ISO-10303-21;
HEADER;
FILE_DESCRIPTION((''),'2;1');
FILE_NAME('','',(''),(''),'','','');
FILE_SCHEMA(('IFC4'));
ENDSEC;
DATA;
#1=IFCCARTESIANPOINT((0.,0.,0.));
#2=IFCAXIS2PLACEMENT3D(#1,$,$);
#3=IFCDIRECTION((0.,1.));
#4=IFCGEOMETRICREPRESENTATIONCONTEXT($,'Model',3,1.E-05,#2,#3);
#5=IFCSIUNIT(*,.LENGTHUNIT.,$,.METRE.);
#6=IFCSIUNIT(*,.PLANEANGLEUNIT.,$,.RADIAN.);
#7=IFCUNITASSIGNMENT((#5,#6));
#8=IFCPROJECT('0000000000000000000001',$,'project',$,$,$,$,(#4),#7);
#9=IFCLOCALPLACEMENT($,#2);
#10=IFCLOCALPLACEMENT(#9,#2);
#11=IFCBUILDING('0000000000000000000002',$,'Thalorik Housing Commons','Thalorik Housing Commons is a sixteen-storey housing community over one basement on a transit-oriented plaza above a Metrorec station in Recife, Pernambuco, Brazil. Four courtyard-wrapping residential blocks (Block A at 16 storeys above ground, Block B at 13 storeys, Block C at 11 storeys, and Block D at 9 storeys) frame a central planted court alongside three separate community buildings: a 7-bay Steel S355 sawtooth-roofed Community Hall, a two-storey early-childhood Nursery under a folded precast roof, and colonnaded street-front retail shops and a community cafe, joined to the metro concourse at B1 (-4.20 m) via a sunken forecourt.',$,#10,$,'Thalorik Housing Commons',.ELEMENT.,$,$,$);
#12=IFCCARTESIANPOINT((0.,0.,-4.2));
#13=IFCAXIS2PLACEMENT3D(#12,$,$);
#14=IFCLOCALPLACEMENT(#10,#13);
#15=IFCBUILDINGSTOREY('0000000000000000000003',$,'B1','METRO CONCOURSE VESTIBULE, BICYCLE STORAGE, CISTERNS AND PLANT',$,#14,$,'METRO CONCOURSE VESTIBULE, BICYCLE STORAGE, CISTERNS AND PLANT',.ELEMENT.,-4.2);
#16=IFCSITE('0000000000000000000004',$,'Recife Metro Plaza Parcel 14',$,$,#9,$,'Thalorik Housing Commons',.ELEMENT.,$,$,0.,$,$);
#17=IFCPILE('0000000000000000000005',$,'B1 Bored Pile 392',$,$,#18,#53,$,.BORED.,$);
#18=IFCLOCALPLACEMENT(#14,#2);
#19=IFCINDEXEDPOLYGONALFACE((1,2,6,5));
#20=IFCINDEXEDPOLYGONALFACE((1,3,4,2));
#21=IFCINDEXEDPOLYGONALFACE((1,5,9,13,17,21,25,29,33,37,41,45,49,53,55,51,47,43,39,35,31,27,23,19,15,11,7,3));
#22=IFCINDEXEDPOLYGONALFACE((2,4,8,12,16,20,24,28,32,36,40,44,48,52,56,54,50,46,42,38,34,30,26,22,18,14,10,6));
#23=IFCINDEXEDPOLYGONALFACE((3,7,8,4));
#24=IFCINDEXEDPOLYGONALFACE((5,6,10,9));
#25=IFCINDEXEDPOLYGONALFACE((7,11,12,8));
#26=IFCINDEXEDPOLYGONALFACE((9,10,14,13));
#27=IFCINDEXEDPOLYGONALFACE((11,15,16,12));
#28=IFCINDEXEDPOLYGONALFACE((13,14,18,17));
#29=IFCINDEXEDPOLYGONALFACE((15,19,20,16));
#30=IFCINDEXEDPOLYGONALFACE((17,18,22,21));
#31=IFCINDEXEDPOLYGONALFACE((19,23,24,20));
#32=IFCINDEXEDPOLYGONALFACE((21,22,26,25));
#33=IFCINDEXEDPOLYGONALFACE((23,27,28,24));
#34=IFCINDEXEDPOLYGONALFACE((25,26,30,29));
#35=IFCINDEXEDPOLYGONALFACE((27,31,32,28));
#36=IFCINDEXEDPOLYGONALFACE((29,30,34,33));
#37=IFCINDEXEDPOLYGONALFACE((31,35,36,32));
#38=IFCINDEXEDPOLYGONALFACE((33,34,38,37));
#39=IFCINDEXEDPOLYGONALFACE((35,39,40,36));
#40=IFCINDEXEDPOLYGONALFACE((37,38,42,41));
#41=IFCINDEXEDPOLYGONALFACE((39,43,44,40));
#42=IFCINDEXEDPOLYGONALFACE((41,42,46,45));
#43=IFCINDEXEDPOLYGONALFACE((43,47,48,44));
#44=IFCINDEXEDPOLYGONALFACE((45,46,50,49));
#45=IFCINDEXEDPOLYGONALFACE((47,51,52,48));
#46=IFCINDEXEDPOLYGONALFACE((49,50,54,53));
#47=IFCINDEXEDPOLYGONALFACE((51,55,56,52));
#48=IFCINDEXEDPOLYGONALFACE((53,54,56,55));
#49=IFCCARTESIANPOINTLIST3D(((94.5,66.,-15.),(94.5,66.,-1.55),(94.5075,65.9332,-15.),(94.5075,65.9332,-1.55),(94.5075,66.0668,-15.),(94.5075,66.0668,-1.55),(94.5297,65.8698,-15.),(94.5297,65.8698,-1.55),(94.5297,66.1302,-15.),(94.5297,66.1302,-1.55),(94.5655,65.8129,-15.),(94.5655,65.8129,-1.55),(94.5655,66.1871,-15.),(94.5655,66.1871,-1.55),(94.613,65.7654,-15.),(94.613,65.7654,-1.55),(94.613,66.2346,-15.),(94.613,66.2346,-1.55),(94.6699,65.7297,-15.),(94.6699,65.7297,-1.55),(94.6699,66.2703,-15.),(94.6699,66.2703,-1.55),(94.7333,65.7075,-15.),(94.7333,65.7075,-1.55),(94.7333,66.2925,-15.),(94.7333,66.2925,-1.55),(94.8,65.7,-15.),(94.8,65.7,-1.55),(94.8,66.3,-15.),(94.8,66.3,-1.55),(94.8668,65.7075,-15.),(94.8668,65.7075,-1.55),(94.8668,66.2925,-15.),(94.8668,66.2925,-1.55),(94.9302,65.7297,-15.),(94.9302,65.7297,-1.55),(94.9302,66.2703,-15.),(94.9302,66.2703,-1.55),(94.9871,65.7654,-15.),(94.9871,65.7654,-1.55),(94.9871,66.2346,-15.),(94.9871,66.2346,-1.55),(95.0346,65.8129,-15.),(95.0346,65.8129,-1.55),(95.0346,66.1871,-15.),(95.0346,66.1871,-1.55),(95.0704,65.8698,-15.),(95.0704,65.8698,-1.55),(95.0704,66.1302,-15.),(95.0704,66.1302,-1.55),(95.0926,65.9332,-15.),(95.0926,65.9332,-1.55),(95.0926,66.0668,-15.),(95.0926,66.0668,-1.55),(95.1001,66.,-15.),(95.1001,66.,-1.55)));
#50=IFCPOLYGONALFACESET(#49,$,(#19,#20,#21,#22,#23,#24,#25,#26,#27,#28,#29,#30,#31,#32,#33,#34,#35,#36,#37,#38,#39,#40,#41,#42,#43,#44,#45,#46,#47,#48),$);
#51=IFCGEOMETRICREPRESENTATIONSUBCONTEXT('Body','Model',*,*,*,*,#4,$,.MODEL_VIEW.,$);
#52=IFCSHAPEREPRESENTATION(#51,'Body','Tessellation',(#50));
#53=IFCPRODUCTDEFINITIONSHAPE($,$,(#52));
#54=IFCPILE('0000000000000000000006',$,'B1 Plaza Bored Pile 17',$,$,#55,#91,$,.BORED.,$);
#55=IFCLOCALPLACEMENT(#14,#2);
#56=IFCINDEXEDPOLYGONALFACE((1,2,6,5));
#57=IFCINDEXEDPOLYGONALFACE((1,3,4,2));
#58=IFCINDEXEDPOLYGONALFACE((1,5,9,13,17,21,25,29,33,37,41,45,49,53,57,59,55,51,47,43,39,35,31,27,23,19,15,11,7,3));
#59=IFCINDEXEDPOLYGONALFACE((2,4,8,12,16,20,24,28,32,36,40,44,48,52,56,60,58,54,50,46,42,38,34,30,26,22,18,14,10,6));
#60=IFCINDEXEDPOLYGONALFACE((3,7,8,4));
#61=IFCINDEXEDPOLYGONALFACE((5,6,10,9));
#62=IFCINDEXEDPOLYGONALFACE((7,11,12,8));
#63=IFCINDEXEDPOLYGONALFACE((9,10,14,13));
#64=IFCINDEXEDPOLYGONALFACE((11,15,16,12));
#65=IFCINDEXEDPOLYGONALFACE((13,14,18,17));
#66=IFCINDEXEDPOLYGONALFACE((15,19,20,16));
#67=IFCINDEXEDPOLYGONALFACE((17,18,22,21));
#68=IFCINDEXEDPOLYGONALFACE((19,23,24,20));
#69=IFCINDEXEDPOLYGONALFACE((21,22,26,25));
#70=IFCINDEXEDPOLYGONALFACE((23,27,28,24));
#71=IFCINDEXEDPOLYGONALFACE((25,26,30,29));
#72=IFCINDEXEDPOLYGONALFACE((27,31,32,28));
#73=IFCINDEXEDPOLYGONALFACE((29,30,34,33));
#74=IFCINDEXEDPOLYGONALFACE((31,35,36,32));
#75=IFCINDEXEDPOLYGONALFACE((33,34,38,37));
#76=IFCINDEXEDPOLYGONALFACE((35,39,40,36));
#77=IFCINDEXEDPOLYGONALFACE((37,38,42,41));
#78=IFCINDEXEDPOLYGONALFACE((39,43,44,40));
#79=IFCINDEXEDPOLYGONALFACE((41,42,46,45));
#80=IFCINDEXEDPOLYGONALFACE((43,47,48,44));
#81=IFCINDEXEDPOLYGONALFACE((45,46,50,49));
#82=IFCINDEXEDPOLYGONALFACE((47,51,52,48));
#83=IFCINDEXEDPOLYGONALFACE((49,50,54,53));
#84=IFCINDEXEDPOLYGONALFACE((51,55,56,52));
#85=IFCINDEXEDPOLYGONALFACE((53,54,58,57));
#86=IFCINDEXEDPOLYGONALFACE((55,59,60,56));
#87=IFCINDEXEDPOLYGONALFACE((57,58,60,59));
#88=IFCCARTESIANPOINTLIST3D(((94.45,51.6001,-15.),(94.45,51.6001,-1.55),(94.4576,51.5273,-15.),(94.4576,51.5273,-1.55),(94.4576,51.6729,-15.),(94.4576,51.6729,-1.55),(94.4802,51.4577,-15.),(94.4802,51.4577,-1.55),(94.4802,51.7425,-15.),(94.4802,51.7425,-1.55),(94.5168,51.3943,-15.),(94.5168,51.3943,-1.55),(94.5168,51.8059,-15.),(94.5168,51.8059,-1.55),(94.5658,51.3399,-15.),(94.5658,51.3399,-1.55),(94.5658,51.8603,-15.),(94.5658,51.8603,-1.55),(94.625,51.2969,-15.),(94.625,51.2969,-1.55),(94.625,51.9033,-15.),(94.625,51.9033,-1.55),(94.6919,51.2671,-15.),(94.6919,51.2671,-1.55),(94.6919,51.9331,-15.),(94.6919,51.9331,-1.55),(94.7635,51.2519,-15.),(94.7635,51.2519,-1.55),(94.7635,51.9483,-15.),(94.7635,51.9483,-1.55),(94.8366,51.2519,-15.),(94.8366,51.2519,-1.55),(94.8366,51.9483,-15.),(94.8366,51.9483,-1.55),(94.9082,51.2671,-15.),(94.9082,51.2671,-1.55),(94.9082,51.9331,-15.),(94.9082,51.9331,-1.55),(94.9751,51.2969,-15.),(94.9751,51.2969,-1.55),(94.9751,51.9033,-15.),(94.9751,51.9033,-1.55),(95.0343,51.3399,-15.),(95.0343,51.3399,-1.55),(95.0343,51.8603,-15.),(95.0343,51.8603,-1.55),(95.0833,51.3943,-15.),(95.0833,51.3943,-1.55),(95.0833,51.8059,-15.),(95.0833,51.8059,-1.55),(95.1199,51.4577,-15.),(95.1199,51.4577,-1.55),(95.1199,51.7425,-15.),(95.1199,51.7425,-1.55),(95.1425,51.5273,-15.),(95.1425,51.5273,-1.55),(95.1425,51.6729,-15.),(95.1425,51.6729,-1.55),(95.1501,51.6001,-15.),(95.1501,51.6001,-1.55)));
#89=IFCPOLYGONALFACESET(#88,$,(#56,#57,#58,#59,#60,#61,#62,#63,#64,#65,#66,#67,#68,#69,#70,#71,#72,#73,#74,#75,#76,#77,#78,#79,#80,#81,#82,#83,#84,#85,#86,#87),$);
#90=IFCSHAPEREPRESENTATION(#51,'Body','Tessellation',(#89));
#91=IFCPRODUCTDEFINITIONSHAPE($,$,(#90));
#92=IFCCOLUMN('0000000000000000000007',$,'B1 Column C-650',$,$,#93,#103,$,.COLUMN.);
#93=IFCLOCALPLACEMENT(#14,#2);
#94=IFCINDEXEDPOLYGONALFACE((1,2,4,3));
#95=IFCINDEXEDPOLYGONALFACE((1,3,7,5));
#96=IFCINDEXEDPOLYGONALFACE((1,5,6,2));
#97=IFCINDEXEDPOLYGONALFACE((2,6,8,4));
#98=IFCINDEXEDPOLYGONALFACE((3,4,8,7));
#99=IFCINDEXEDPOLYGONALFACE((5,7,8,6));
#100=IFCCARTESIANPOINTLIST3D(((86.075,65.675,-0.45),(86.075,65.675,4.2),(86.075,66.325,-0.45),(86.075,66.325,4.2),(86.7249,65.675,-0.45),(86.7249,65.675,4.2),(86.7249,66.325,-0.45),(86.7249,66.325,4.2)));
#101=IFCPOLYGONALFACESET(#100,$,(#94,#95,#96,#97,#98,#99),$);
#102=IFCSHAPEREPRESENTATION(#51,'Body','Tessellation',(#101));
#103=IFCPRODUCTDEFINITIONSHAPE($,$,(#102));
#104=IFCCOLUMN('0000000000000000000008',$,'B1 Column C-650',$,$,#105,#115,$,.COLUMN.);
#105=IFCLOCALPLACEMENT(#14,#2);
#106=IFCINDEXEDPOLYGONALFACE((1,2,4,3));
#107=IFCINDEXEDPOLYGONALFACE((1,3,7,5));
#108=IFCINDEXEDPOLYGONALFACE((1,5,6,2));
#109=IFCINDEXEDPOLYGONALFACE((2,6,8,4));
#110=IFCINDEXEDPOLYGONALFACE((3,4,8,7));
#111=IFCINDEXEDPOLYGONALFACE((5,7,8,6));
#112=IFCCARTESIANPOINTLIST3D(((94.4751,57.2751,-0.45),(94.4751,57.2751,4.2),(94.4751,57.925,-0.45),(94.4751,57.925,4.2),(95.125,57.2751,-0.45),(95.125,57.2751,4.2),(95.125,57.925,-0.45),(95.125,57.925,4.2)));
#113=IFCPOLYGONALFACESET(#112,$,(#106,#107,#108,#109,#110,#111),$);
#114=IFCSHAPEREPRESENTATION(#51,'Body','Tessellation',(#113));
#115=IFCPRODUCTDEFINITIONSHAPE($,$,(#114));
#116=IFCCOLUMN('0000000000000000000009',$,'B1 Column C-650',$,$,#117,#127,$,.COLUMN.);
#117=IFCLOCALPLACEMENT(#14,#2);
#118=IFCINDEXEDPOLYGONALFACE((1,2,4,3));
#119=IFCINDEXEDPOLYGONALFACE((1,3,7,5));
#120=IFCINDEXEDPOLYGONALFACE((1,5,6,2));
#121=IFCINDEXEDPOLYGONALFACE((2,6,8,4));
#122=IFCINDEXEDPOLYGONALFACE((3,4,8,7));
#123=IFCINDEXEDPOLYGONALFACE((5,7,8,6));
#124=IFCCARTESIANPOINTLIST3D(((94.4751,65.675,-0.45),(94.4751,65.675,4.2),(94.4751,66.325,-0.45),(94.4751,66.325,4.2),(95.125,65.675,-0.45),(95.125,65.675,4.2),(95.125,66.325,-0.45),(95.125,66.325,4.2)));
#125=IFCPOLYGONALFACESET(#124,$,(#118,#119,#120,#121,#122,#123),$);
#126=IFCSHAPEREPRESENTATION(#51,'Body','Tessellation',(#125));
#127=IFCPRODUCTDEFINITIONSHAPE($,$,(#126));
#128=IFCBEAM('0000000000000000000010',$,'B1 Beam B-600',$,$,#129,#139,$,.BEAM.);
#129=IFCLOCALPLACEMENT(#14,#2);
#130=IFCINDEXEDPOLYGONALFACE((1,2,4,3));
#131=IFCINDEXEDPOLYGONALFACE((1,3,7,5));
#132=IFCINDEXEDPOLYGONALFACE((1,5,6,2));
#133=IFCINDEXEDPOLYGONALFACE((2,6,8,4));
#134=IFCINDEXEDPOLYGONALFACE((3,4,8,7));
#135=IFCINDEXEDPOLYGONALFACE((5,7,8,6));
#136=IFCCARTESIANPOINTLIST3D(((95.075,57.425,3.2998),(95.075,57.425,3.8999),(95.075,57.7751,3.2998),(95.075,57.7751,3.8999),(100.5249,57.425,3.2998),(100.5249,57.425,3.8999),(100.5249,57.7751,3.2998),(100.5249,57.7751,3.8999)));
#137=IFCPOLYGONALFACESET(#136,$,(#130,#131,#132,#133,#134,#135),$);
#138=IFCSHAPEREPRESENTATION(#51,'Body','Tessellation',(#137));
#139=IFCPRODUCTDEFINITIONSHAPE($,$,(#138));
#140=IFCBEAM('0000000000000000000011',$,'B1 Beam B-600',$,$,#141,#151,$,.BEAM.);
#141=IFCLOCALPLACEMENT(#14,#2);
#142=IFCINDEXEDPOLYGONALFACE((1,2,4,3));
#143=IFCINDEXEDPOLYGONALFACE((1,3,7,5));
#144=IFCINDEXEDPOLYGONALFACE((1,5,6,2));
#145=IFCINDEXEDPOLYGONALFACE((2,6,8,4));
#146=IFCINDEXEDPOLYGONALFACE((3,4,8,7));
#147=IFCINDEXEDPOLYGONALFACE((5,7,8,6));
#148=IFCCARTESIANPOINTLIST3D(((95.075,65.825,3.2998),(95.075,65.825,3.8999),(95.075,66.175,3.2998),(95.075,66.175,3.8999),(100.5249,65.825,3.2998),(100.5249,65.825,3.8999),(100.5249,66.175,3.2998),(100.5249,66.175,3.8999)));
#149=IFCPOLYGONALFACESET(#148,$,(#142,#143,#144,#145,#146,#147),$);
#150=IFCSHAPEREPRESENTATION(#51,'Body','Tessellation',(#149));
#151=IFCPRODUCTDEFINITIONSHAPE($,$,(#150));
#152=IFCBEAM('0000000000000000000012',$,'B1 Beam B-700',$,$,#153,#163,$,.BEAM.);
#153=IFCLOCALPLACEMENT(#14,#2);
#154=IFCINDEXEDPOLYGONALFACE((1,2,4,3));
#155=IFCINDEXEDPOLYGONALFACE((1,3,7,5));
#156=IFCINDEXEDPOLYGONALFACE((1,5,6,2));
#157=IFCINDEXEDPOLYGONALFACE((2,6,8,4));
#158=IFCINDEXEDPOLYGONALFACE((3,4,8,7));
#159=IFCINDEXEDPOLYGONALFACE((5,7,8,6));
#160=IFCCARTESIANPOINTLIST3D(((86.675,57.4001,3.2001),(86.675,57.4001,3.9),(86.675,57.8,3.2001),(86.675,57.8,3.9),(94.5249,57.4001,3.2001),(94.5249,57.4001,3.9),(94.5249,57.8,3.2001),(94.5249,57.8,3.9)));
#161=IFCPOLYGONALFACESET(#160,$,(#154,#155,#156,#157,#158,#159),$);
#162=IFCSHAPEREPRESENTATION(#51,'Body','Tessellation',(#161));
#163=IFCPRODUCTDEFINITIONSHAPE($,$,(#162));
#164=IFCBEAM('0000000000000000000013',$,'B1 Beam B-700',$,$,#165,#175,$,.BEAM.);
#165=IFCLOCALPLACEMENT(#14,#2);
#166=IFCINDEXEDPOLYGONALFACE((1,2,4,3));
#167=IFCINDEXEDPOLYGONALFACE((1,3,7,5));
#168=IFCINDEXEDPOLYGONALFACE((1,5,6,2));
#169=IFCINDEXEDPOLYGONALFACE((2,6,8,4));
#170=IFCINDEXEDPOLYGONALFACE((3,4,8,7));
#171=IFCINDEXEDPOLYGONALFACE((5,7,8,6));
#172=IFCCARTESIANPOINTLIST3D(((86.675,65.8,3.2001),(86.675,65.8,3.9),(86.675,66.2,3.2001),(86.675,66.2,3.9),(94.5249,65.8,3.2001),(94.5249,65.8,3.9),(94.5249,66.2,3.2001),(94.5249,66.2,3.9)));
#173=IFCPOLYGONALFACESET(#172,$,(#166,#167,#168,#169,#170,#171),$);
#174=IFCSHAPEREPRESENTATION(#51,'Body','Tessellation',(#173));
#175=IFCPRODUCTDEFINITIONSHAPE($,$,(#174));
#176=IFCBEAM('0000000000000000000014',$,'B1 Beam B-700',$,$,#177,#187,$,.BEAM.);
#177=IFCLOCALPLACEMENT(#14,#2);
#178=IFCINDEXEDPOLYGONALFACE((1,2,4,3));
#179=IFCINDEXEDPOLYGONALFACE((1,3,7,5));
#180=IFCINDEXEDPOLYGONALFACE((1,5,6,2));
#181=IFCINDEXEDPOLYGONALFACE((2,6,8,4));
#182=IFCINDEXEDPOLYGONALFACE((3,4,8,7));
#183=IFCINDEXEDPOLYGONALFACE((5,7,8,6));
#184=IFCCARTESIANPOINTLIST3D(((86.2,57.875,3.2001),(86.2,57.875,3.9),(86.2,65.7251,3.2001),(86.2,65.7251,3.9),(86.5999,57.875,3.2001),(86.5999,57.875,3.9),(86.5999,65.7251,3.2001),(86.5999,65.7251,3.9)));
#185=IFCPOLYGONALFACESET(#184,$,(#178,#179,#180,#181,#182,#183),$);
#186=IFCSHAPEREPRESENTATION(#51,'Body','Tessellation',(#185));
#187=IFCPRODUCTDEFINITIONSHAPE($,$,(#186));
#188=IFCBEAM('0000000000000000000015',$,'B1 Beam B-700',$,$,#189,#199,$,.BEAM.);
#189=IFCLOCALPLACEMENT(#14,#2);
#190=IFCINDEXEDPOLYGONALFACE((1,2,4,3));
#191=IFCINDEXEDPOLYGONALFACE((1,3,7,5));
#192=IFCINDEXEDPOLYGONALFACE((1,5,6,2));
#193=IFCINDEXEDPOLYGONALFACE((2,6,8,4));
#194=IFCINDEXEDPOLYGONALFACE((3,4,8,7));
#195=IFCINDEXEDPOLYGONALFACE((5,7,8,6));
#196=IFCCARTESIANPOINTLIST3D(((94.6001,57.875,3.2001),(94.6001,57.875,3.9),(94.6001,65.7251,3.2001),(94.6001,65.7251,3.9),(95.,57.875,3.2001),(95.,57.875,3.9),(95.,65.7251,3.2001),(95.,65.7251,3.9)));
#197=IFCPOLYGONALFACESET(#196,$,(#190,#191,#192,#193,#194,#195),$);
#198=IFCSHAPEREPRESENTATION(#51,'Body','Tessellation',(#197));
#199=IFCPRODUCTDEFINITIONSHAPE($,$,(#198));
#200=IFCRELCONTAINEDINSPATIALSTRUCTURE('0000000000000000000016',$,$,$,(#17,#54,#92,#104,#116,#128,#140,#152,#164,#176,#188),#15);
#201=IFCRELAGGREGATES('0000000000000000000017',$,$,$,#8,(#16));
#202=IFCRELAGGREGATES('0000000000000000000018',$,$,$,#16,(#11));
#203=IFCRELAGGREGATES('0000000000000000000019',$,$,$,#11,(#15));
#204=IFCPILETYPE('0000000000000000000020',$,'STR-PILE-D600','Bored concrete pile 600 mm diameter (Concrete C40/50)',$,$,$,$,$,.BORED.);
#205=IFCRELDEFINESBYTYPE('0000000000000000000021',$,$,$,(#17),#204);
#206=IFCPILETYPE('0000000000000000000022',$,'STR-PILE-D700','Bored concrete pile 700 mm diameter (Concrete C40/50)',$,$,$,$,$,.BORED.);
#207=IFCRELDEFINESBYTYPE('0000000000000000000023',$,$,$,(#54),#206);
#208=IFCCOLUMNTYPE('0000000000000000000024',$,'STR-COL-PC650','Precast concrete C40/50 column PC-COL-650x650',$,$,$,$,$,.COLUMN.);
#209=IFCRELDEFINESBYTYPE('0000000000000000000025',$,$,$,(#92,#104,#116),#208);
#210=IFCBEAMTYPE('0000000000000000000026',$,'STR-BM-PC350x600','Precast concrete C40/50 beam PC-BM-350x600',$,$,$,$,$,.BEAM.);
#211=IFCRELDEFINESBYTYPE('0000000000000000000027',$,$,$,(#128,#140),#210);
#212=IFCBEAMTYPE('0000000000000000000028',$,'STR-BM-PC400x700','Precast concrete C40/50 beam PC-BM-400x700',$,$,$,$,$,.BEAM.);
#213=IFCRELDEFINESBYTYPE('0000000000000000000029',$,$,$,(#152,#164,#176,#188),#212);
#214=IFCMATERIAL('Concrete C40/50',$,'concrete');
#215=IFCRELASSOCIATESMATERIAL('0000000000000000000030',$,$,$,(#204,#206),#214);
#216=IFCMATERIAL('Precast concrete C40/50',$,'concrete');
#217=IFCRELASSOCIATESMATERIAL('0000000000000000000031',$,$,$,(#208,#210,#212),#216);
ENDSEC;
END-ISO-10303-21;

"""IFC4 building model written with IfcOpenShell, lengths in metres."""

from ifc_helpers import new_model, si_unit, direction, frame, origin, origin_2d, place, context, subcontext, project, spatial, rectangle, circle, extrude, material, material_profile, profile_set, type_object, element, save


model = new_model("IFC4")

# Units and contexts
model_context = context("Model", 3, precision=1e-05, world=origin(), true_north=direction((0.0, 1.0)))
body_context = subcontext(model_context, "Body", "Model", "MODEL_VIEW")
ifc_project = project(units=[si_unit("LENGTHUNIT", "METRE"), si_unit("PLANEANGLEUNIT", "RADIAN")], contexts=[model_context])

# Site, building, storey
site_placement = place(None, origin())
site = spatial("IfcSite", under=ifc_project, at=site_placement, Name="Recife Metro Plaza Parcel 14", LongName="Thalorik Housing Commons", CompositionType="ELEMENT", RefElevation=0.0)
building_placement = place(site_placement, origin())
building = spatial("IfcBuilding", under=site, at=building_placement, Name="Thalorik Housing Commons", Description="Thalorik Housing Commons is a sixteen-storey housing community over one basement on a transit-oriented plaza above a Metrorec station in Recife, Pernambuco, Brazil. Four courtyard-wrapping residential blocks (Block A at 16 storeys above ground, Block B at 13 storeys, Block C at 11 storeys, and Block D at 9 storeys) frame a central planted court alongside three separate community buildings: a 7-bay Steel S355 sawtooth-roofed Community Hall, a two-storey early-childhood Nursery under a folded precast roof, and colonnaded street-front retail shops and a community cafe, joined to the metro concourse at B1 (-4.20 m) via a sunken forecourt.", LongName="Thalorik Housing Commons", CompositionType="ELEMENT")
storey_placement = place(building_placement, frame((0.0, 0.0, -4.2)))
storey = spatial("IfcBuildingStorey", under=building, at=storey_placement, Name="B1", Description="METRO CONCOURSE VESTIBULE, BICYCLE STORAGE, CISTERNS AND PLANT", LongName="METRO CONCOURSE VESTIBULE, BICYCLE STORAGE, CISTERNS AND PLANT", CompositionType="ELEMENT", Elevation=-4.2)

# Shared definitions
ifc_material_1 = material(Name="Concrete C40/50", Category="concrete")

# Piles
ifc_material_profile_1 = material_profile(ifc_material_1, circle(Radius=0.3, at=origin_2d()), Name="BORED PILE D600", Category="concrete")
ifc_profile_set_1 = profile_set([ifc_material_profile_1], Name="Concrete C40/50")
pile_type_1 = type_object("IfcPileType", Name="STR-PILE-D600", Description="Bored concrete pile 600 mm diameter (Concrete C40/50)", PredefinedType="BORED", material=ifc_profile_set_1)
for number, where, z_axis, x_axis, name in (
    (1, (94.8, 66.0, -1.55), (0.0, 0.0, -1.0), (1.0, 0.0, 0.0), "B1 Bored Pile 392"),
):
    element("IfcPile", number, at=place(storey_placement, frame(where, z_axis=z_axis, x_axis=x_axis)), inside=storey, type_object=pile_type_1, Name=name, PredefinedType="BORED", context=body_context, shape_type="SweptSolid", body=[
        extrude(circle(Radius=0.3, at=origin_2d()), origin(), (0.0, 0.0, 1.0), 13.45),
    ])
ifc_material_profile_2 = material_profile(ifc_material_1, circle(Radius=0.3501, at=origin_2d()), Name="BORED PILE D700", Category="concrete")
ifc_profile_set_2 = profile_set([ifc_material_profile_2], Name="Concrete C40/50")
pile_type_2 = type_object("IfcPileType", Name="STR-PILE-D700", Description="Bored concrete pile 700 mm diameter (Concrete C40/50)", PredefinedType="BORED", material=ifc_profile_set_2)
pile_placement = place(storey_placement, frame((94.8, 51.6001, -1.55), z_axis=(0.0, 0.0, -1.0), x_axis=(1.0, 0.0, 0.0)))
element("IfcPile", 2, at=pile_placement, inside=storey, type_object=pile_type_2, Name="B1 Plaza Bored Pile 17", PredefinedType="BORED", context=body_context, shape_type="SweptSolid", body=[
    extrude(circle(Radius=0.3501, at=origin_2d()), origin(), (0.0, 0.0, 1.0), 13.45),
])

# Columns
ifc_material_2 = material(Name="Precast concrete C40/50", Category="concrete")
ifc_material_profile_3 = material_profile(ifc_material_2, rectangle(XDim=0.6499, YDim=0.6499, at=origin_2d()), Name="PC 650x650", Category="concrete")
ifc_profile_set_3 = profile_set([ifc_material_profile_3], Name="Precast concrete C40/50")
column_type = type_object("IfcColumnType", Name="STR-COL-PC650", Description="Precast concrete C40/50 column PC-COL-650x650", PredefinedType="COLUMN", material=ifc_profile_set_3)
for number, where, z_axis, x_axis, name in (
    (3, (86.3999, 66.0, -0.45), (0.0, 0.0, 1.0), (1.0, 0.0, 0.0), "B1 Column C-650"),
    (4, (94.8, 57.6001, -0.45), (0.0, 0.0, 1.0), (1.0, 0.0, 0.0), "B1 Column C-650"),
    (5, (94.8, 66.0, -0.45), (0.0, 0.0, 1.0), (1.0, 0.0, 0.0), "B1 Column C-650"),
):
    element("IfcColumn", number, at=place(storey_placement, frame(where, z_axis=z_axis, x_axis=x_axis)), inside=storey, type_object=column_type, Name=name, PredefinedType="COLUMN", context=body_context, shape_type="SweptSolid", body=[
        extrude(rectangle(XDim=0.6499, YDim=0.6499, at=origin_2d()), origin(), (0.0, 0.0, 1.0), 4.6499),
    ])

# Beams
ifc_material_profile_4 = material_profile(ifc_material_2, rectangle(XDim=0.3501, YDim=0.6001, at=origin_2d()), Name="PC 350x600", Category="concrete")
ifc_profile_set_4 = profile_set([ifc_material_profile_4], Name="Precast concrete C40/50")
beam_type_1 = type_object("IfcBeamType", Name="STR-BM-PC350x600", Description="Precast concrete C40/50 beam PC-BM-350x600", PredefinedType="BEAM", material=ifc_profile_set_4)
for number, where, z_axis, x_axis, name in (
    (6, (95.075, 57.6001, 3.5999), (1.0, 0.0, 0.0), (0.0, 1.0, 0.0), "B1 Beam B-600"),
    (7, (95.075, 66.0, 3.5999), (1.0, 0.0, 0.0), (0.0, 1.0, 0.0), "B1 Beam B-600"),
):
    element("IfcBeam", number, at=place(storey_placement, frame(where, z_axis=z_axis, x_axis=x_axis)), inside=storey, type_object=beam_type_1, Name=name, PredefinedType="BEAM", context=body_context, shape_type="SweptSolid", body=[
        extrude(rectangle(XDim=0.3501, YDim=0.6001, at=origin_2d()), origin(), (0.0, 0.0, 1.0), 5.45),
    ])
ifc_material_profile_5 = material_profile(ifc_material_2, rectangle(XDim=0.3999, YDim=0.7, at=origin_2d()), Name="PC 400x700", Category="concrete")
ifc_profile_set_5 = profile_set([ifc_material_profile_5], Name="Precast concrete C40/50")
beam_type_2 = type_object("IfcBeamType", Name="STR-BM-PC400x700", Description="Precast concrete C40/50 beam PC-BM-400x700", PredefinedType="BEAM", material=ifc_profile_set_5)
for number, where, z_axis, x_axis, name in (
    (8, (86.675, 57.6001, 3.55), (1.0, 0.0, 0.0), (0.0, 1.0, 0.0), "B1 Beam B-700"),
    (9, (86.675, 66.0, 3.55), (1.0, 0.0, 0.0), (0.0, 1.0, 0.0), "B1 Beam B-700"),
):
    element("IfcBeam", number, at=place(storey_placement, frame(where, z_axis=z_axis, x_axis=x_axis)), inside=storey, type_object=beam_type_2, Name=name, PredefinedType="BEAM", context=body_context, shape_type="SweptSolid", body=[
        extrude(rectangle(XDim=0.3999, YDim=0.7, at=origin_2d()), origin(), (0.0, 0.0, 1.0), 7.8499),
    ])
for number, where, z_axis, x_axis, name in (
    (10, (86.3999, 57.875, 3.55), (0.0, 1.0, 0.0), (-1.0, 0.0, 0.0), "B1 Beam B-700"),
    (11, (94.8, 57.875, 3.55), (0.0, 1.0, 0.0), (-1.0, 0.0, 0.0), "B1 Beam B-700"),
):
    element("IfcBeam", number, at=place(storey_placement, frame(where, z_axis=z_axis, x_axis=x_axis)), inside=storey, type_object=beam_type_2, Name=name, PredefinedType="BEAM", context=body_context, shape_type="SweptSolid", body=[
        extrude(rectangle(XDim=0.3999, YDim=0.7, at=origin_2d()), origin(), (0.0, 0.0, 1.0), 7.8501),
    ])

save(model, "model.ifc")
